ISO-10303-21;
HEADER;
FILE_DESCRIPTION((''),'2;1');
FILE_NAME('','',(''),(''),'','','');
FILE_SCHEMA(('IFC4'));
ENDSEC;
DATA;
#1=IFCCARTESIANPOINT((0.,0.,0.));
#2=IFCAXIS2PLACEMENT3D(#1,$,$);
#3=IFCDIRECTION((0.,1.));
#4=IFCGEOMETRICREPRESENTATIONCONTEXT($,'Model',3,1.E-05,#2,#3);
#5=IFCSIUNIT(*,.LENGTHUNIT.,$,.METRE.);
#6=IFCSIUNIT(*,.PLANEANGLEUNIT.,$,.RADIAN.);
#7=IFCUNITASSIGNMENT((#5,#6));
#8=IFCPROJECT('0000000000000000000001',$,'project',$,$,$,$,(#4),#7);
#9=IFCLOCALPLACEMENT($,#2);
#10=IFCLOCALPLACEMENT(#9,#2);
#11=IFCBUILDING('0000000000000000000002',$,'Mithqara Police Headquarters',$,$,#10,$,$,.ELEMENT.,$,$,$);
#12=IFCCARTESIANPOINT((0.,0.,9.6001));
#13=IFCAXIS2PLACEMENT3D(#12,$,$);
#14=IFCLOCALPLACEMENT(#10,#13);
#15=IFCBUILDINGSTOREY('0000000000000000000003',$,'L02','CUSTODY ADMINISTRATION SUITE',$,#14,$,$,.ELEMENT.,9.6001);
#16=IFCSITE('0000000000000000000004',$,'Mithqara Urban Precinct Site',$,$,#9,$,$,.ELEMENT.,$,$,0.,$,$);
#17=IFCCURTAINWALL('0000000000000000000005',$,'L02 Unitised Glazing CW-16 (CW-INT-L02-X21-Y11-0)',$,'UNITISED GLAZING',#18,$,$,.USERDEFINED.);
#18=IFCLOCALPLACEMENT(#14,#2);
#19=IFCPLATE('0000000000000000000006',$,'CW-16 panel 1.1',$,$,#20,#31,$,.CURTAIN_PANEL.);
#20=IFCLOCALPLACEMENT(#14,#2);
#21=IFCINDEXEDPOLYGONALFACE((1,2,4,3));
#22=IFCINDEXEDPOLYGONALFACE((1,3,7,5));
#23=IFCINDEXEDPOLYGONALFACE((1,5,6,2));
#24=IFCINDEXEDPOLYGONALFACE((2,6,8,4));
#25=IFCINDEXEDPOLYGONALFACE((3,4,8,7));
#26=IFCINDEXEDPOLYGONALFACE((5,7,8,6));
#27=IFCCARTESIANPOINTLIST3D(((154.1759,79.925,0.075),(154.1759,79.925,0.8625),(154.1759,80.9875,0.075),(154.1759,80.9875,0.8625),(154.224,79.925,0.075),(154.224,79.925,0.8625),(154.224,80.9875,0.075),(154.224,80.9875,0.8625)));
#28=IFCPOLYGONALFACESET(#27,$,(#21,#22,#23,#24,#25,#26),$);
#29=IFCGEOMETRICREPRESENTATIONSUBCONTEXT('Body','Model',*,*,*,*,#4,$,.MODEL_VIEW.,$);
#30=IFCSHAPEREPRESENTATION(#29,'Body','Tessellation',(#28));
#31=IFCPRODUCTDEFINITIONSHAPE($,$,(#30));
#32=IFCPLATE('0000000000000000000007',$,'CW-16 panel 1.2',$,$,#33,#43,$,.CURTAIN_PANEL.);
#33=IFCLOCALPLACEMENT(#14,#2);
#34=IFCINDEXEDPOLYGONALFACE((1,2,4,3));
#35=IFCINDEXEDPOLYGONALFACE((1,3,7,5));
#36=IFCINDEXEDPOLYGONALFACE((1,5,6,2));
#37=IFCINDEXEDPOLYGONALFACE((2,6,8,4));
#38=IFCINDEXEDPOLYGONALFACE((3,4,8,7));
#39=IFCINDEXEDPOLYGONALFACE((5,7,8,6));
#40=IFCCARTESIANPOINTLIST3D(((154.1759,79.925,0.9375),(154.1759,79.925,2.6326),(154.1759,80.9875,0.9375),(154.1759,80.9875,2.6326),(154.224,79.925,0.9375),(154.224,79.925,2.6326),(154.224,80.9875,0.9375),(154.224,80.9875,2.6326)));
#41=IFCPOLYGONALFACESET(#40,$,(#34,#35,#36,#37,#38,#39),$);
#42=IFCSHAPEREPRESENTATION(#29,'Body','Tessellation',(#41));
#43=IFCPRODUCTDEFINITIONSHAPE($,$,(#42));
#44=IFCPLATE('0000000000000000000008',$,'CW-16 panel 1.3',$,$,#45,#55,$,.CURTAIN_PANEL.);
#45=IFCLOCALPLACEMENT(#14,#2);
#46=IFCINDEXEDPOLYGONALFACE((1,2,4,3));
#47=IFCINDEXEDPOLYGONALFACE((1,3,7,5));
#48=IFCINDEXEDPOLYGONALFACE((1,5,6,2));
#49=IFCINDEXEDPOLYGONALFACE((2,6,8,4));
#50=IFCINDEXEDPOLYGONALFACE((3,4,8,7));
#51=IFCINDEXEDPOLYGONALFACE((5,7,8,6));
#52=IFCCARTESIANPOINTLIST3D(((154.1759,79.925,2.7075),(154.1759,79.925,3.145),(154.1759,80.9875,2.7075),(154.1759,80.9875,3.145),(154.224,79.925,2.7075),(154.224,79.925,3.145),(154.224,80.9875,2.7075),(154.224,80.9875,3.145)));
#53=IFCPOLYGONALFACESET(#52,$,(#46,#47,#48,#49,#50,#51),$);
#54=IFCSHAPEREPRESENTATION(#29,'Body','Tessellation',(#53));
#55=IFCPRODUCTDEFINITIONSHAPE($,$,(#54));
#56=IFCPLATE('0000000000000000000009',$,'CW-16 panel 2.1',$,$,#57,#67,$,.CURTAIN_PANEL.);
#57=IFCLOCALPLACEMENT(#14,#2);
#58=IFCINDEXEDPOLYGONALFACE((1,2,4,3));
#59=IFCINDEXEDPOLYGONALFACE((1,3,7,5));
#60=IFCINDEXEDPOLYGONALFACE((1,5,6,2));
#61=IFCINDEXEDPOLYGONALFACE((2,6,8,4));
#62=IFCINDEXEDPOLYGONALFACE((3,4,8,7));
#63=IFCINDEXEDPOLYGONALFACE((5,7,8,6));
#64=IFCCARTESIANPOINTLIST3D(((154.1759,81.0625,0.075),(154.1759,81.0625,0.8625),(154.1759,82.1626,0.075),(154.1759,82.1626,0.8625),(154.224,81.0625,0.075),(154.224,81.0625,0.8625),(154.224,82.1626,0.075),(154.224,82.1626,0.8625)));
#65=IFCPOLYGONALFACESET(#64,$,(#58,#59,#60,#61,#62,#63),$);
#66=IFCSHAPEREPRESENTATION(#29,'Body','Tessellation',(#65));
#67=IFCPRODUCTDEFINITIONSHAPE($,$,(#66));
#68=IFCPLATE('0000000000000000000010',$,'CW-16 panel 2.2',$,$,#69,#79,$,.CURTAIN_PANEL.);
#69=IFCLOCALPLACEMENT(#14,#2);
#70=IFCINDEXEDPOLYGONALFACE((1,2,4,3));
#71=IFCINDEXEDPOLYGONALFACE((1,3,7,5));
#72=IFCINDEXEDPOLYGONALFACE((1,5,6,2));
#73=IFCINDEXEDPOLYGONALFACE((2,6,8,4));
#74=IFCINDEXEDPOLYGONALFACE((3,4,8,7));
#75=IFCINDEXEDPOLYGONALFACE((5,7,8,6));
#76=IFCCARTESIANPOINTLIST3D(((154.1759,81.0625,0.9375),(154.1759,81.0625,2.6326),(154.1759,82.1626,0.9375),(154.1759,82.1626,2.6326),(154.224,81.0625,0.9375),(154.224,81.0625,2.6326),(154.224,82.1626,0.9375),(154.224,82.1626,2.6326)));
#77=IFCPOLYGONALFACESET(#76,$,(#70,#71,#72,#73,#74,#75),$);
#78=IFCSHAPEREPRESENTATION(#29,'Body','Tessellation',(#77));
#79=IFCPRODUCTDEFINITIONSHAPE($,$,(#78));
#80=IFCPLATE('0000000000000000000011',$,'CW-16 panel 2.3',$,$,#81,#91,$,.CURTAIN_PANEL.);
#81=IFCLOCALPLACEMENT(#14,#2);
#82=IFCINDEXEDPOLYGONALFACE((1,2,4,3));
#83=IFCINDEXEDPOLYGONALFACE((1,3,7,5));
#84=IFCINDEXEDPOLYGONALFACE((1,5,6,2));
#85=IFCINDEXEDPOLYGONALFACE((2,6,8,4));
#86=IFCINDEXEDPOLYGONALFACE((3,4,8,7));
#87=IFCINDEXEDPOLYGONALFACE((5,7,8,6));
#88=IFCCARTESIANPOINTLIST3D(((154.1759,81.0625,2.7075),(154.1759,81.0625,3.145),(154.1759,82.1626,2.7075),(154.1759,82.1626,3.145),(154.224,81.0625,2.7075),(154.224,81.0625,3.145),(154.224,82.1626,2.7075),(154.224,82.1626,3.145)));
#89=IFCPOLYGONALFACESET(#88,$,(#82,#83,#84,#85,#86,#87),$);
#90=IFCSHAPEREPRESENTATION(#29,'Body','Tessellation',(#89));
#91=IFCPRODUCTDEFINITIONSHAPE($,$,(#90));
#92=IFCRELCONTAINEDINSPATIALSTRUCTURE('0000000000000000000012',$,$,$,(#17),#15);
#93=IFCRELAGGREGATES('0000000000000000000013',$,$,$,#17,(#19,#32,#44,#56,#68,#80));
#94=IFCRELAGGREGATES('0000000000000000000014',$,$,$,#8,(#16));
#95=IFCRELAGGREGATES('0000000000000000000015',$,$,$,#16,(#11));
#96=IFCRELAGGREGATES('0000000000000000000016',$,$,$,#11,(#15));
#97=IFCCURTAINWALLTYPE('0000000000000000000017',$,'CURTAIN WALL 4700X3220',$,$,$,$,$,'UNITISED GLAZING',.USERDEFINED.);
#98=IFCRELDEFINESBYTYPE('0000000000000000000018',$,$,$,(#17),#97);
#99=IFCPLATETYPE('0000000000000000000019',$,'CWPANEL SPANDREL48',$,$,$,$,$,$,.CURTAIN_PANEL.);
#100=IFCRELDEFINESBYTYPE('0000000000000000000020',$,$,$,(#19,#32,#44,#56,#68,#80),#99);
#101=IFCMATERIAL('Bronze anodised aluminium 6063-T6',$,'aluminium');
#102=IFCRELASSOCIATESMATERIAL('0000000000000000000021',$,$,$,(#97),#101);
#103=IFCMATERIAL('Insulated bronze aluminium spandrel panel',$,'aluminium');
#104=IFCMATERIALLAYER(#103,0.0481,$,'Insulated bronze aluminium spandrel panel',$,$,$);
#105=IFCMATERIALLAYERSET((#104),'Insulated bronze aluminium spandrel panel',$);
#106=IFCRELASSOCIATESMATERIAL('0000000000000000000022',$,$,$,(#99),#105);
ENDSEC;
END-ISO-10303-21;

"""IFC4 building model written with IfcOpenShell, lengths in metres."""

from ifc_helpers import new_model, si_unit, direction, frame, origin, origin_2d, place, context, subcontext, project, spatial, rectangle, extrude, material, layer, layer_set, type_object, element, aggregate, save


model = new_model("IFC4")

# Units and contexts
model_context = context("Model", 3, precision=1e-05, world=origin(), true_north=direction((0.0, 1.0)))
body_context = subcontext(model_context, "Body", "Model", "MODEL_VIEW")
ifc_project = project(units=[si_unit("LENGTHUNIT", "METRE"), si_unit("PLANEANGLEUNIT", "RADIAN")], contexts=[model_context])

# Site, building, storey
site_placement = place(None, origin())
site = spatial("IfcSite", under=ifc_project, at=site_placement, Name="Mithqara Urban Precinct Site", CompositionType="ELEMENT", RefElevation=0.0)
building_placement = place(site_placement, origin())
building = spatial("IfcBuilding", under=site, at=building_placement, Name="Mithqara Police Headquarters", CompositionType="ELEMENT")
storey_placement = place(building_placement, frame((0.0, 0.0, 9.6001)))
storey = spatial("IfcBuildingStorey", under=building, at=storey_placement, Name="L02", Description="CUSTODY ADMINISTRATION SUITE", CompositionType="ELEMENT", Elevation=9.6001)

# Curtain wall, plates
ifc_material_1 = material(Name="Bronze anodised aluminium 6063-T6", Category="aluminium")
curtain_wall_type = type_object("IfcCurtainWallType", Name="CURTAIN WALL 4700X3220", ElementType="UNITISED GLAZING", PredefinedType="USERDEFINED", material=ifc_material_1)
curtain_wall_placement = place(storey_placement, origin())
curtain_wall = element("IfcCurtainWall", 1, at=curtain_wall_placement, inside=storey, type_object=curtain_wall_type, Name="L02 Unitised Glazing CW-16 (CW-INT-L02-X21-Y11-0)", ObjectType="UNITISED GLAZING", PredefinedType="USERDEFINED")
ifc_material_2 = material(Name="Insulated bronze aluminium spandrel panel", Category="aluminium")
ifc_layer = layer(ifc_material_2, 0.0481, Name="Insulated bronze aluminium spandrel panel")
ifc_layer_set = layer_set([ifc_layer], Name="Insulated bronze aluminium spandrel panel")
plate_type = type_object("IfcPlateType", Name="CWPANEL SPANDREL48", PredefinedType="CURTAIN_PANEL", material=ifc_layer_set)
plate_1_placement = place(storey_placement, frame((154.2, 80.4563, 0.075), z_axis=(0.0, 0.0, 1.0), x_axis=(0.0, 1.0, 0.0)))
plate_1 = element("IfcPlate", 2, at=plate_1_placement, type_object=plate_type, Name="CW-16 panel 1.1", PredefinedType="CURTAIN_PANEL", context=body_context, shape_type="SweptSolid", body=[
    extrude(rectangle(XDim=1.0625, YDim=0.0481, at=origin_2d()), origin(), (0.0, 0.0, 1.0), 0.7876),
])
plate_2_placement = place(storey_placement, frame((154.2, 80.4563, 0.9375), z_axis=(0.0, 0.0, 1.0), x_axis=(0.0, 1.0, 0.0)))
plate_2 = element("IfcPlate", 3, at=plate_2_placement, type_object=plate_type, Name="CW-16 panel 1.2", PredefinedType="CURTAIN_PANEL", context=body_context, shape_type="SweptSolid", body=[
    extrude(rectangle(XDim=1.0625, YDim=0.0481, at=origin_2d()), origin(), (0.0, 0.0, 1.0), 1.6951),
])
plate_3_placement = place(storey_placement, frame((154.2, 80.4563, 2.7075), z_axis=(0.0, 0.0, 1.0), x_axis=(0.0, 1.0, 0.0)))
plate_3 = element("IfcPlate", 4, at=plate_3_placement, type_object=plate_type, Name="CW-16 panel 1.3", PredefinedType="CURTAIN_PANEL", context=body_context, shape_type="SweptSolid", body=[
    extrude(rectangle(XDim=1.0625, YDim=0.0481, at=origin_2d()), origin(), (0.0, 0.0, 1.0), 0.4375),
])
plate_4_placement = place(storey_placement, frame((154.2, 81.6125, 0.075), z_axis=(0.0, 0.0, 1.0), x_axis=(0.0, 1.0, 0.0)))
plate_4 = element("IfcPlate", 5, at=plate_4_placement, type_object=plate_type, Name="CW-16 panel 2.1", PredefinedType="CURTAIN_PANEL", context=body_context, shape_type="SweptSolid", body=[
    extrude(rectangle(XDim=1.1001, YDim=0.0481, at=origin_2d()), origin(), (0.0, 0.0, 1.0), 0.7876),
])
plate_5_placement = place(storey_placement, frame((154.2, 81.6125, 0.9375), z_axis=(0.0, 0.0, 1.0), x_axis=(0.0, 1.0, 0.0)))
plate_5 = element("IfcPlate", 6, at=plate_5_placement, type_object=plate_type, Name="CW-16 panel 2.2", PredefinedType="CURTAIN_PANEL", context=body_context, shape_type="SweptSolid", body=[
    extrude(rectangle(XDim=1.1001, YDim=0.0481, at=origin_2d()), origin(), (0.0, 0.0, 1.0), 1.6951),
])
plate_6_placement = place(storey_placement, frame((154.2, 81.6125, 2.7075), z_axis=(0.0, 0.0, 1.0), x_axis=(0.0, 1.0, 0.0)))
plate_6 = element("IfcPlate", 7, at=plate_6_placement, type_object=plate_type, Name="CW-16 panel 2.3", PredefinedType="CURTAIN_PANEL", context=body_context, shape_type="SweptSolid", body=[
    extrude(rectangle(XDim=1.1001, YDim=0.0481, at=origin_2d()), origin(), (0.0, 0.0, 1.0), 0.4375),
])
aggregate(curtain_wall, [plate_1, plate_2, plate_3, plate_4, plate_5, plate_6])

save(model, "model.ifc")
